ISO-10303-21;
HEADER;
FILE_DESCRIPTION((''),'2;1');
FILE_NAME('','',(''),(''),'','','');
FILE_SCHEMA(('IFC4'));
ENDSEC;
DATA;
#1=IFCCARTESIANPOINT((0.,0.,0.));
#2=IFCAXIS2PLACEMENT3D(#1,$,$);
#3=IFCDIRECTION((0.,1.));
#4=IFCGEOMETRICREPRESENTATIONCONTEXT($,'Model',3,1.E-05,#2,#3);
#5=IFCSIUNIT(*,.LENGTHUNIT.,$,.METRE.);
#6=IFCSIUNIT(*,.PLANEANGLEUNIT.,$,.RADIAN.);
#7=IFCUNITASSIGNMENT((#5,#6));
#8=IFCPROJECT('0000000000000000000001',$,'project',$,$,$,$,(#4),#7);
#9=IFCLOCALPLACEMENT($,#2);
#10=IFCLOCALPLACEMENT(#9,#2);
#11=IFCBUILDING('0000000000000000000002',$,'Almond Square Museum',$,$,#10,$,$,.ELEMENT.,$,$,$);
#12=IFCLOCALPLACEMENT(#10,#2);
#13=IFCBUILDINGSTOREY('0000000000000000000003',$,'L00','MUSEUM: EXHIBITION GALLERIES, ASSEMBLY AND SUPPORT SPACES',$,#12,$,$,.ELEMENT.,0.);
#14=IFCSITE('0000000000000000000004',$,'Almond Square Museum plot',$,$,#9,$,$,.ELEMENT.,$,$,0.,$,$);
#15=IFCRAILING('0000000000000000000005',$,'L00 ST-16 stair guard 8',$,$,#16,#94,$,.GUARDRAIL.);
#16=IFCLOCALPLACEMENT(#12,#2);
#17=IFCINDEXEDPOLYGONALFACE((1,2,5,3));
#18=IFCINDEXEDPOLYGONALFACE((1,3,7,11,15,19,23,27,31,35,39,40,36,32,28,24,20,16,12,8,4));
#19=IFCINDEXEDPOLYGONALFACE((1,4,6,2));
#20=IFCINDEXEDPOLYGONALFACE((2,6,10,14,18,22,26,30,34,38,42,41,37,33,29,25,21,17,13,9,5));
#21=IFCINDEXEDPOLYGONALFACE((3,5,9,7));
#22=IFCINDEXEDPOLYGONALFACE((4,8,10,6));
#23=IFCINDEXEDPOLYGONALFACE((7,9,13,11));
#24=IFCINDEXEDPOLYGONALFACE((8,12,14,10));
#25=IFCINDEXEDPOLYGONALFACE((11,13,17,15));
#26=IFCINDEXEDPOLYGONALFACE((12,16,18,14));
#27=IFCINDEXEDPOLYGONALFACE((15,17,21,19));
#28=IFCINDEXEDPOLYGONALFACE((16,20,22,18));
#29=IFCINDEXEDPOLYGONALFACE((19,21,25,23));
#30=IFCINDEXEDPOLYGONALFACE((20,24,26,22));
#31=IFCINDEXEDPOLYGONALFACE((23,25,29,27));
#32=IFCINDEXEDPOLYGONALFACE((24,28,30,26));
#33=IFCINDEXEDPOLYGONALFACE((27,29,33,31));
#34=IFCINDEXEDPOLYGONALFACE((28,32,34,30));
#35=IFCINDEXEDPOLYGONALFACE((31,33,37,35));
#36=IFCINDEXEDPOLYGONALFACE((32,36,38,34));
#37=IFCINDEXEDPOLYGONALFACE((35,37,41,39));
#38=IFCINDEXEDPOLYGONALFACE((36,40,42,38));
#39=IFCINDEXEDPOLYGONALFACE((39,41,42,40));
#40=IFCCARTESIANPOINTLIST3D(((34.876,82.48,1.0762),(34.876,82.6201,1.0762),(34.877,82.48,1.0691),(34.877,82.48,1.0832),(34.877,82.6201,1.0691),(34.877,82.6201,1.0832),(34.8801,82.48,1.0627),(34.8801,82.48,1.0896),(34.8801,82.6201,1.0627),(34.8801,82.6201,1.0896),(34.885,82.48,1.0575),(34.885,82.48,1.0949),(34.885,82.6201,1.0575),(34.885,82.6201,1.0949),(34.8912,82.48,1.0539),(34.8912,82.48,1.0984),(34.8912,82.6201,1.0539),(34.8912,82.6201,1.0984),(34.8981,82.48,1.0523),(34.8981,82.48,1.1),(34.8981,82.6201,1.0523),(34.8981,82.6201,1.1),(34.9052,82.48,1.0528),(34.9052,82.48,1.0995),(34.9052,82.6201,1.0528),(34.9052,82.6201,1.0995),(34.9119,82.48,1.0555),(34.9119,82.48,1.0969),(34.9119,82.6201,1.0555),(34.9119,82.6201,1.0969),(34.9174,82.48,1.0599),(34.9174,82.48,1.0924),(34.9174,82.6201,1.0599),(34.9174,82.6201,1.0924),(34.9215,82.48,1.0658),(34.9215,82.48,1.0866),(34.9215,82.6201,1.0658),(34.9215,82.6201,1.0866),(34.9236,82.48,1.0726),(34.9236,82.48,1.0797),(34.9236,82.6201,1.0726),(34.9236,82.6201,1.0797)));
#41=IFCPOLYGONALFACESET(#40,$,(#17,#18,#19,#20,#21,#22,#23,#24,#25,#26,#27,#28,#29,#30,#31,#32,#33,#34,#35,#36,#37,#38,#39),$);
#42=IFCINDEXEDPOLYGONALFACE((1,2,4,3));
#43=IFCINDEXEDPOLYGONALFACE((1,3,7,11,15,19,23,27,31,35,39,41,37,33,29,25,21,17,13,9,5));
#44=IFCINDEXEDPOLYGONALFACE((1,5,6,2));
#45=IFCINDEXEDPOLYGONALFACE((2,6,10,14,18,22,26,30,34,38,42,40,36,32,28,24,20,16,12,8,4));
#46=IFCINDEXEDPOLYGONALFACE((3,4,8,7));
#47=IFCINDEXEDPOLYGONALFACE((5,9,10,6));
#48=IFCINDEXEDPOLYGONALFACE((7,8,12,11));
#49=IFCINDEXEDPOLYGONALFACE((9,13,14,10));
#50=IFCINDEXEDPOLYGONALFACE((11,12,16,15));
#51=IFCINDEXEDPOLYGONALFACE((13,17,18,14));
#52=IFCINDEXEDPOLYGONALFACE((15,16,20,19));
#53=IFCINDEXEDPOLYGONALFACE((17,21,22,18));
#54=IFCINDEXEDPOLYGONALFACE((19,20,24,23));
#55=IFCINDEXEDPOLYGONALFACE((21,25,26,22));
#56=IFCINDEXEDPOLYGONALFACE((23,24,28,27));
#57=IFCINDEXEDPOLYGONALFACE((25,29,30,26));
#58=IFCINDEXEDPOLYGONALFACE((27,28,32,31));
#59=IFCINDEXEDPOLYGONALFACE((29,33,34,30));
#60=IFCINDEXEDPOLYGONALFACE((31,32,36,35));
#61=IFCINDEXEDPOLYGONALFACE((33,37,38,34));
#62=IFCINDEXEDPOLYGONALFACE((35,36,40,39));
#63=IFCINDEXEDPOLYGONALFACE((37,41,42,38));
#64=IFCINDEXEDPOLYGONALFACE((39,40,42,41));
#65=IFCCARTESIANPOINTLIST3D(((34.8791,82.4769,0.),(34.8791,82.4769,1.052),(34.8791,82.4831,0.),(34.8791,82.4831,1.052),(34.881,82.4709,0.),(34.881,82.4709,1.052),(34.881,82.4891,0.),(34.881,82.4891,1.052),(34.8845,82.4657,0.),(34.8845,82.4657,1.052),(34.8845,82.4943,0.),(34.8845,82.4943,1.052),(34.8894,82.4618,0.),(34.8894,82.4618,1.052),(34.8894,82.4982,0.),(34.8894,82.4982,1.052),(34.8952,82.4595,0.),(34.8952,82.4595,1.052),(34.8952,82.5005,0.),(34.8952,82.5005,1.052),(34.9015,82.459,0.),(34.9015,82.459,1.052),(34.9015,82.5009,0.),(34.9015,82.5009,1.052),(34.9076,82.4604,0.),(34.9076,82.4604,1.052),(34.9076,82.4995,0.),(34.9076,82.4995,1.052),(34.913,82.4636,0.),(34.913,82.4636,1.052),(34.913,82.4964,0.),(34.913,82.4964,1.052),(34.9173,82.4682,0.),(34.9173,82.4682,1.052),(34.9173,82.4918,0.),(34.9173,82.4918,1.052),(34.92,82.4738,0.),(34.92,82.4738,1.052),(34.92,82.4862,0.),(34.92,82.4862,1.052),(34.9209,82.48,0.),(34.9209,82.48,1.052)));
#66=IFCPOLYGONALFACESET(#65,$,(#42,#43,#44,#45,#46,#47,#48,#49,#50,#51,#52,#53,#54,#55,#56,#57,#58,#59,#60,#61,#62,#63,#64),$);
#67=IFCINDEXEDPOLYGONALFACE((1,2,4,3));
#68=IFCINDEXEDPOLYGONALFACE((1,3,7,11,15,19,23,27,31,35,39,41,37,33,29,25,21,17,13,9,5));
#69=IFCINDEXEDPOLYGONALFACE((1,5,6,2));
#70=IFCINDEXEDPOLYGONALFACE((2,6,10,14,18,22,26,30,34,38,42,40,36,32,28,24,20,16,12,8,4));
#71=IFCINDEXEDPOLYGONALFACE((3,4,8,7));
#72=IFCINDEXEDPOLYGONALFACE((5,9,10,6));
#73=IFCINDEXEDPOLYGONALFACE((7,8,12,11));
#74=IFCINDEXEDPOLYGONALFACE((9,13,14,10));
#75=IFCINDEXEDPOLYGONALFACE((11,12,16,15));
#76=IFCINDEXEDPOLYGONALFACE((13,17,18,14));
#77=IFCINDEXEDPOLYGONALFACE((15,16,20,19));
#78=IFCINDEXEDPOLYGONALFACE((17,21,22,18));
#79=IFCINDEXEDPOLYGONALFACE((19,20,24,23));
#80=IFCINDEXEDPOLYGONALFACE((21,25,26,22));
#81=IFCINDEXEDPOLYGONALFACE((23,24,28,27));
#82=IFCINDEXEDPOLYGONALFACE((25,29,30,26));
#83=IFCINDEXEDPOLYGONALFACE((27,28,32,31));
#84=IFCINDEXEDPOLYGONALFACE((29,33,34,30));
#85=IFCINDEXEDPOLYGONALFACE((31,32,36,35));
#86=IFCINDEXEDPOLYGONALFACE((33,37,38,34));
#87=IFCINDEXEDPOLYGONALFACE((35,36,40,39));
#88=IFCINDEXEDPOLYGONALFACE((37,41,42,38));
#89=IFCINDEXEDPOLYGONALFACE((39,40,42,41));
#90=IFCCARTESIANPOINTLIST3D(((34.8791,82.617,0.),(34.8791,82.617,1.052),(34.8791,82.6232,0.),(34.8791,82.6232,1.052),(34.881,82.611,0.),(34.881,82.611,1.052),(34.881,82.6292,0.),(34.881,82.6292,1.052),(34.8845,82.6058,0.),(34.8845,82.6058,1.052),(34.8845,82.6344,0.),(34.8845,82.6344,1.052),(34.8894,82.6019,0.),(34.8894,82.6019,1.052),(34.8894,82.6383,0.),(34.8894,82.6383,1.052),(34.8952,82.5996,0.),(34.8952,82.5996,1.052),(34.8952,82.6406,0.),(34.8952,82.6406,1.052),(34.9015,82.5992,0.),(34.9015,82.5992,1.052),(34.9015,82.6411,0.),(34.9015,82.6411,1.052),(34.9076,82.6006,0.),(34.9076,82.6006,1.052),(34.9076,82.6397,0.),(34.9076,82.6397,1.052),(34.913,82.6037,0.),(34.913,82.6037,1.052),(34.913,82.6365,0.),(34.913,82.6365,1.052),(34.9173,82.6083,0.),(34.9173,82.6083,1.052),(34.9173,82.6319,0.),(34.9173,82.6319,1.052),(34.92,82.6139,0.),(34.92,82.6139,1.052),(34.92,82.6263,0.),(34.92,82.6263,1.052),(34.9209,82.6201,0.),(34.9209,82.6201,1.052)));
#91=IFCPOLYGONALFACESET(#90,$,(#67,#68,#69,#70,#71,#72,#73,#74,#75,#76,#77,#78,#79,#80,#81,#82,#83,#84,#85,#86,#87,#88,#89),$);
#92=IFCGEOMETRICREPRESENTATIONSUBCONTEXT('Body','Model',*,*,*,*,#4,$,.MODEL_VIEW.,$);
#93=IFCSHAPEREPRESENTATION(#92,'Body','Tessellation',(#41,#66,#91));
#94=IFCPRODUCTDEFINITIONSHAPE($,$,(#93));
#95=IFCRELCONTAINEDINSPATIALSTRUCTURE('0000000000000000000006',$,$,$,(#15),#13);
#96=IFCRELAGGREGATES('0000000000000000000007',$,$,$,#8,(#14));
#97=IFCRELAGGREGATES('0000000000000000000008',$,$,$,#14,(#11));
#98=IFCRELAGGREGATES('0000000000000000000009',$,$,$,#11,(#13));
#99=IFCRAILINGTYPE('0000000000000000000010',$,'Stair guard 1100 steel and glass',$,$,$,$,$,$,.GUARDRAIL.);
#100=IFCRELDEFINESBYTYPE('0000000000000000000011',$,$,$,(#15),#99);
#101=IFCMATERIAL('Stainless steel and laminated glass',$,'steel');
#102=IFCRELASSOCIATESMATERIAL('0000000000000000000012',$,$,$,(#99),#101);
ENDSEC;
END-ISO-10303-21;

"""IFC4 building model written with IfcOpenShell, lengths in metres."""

from ifc_helpers import new_model, si_unit, direction, frame, origin, origin_2d, place, context, subcontext, project, spatial, circle, extrude, material, type_object, element, save


model = new_model("IFC4")

# Units and contexts
model_context = context("Model", 3, precision=1e-05, world=origin(), true_north=direction((0.0, 1.0)))
body_context = subcontext(model_context, "Body", "Model", "MODEL_VIEW")
ifc_project = project(units=[si_unit("LENGTHUNIT", "METRE"), si_unit("PLANEANGLEUNIT", "RADIAN")], contexts=[model_context])

# Site, building, storey
site_placement = place(None, origin())
site = spatial("IfcSite", under=ifc_project, at=site_placement, Name="Almond Square Museum plot", CompositionType="ELEMENT", RefElevation=0.0)
building_placement = place(site_placement, origin())
building = spatial("IfcBuilding", under=site, at=building_placement, Name="Almond Square Museum", CompositionType="ELEMENT")
storey_placement = place(building_placement, origin())
storey = spatial("IfcBuildingStorey", under=building, at=storey_placement, Name="L00", Description="MUSEUM: EXHIBITION GALLERIES, ASSEMBLY AND SUPPORT SPACES", CompositionType="ELEMENT", Elevation=0.0)

# Railing
ifc_material_1 = material(Name="Stainless steel and laminated glass", Category="steel")
railing_type_1 = type_object("IfcRailingType", Name="Stair guard 1100 steel and glass", PredefinedType="GUARDRAIL", material=ifc_material_1)
for number, where, name in (
    (1, (34.8999, 82.48, 0.0), "L00 ST-16 stair guard 8"),
):
    element("IfcRailing", number, at=place(storey_placement, frame(where)), inside=storey, type_object=railing_type_1, Name=name, PredefinedType="GUARDRAIL", context=body_context, shape_type="SweptSolid", body=[
        extrude(circle(Radius=0.0239, at=origin_2d()), frame((0.0, 0.0, 1.0762), z_axis=(0.0, 1.0, 0.0), x_axis=(-1.0, 0.0, 0.0)), (0.0, 0.0, 1.0), 0.1401),
        extrude(circle(Radius=0.021, at=origin_2d()), origin(), (0.0, 0.0, 1.0), 1.052),
        extrude(circle(Radius=0.021, at=origin_2d()), frame((0.0, 0.1401, 0.0)), (0.0, 0.0, 1.0), 1.052),
    ])

save(model, "model.ifc")
